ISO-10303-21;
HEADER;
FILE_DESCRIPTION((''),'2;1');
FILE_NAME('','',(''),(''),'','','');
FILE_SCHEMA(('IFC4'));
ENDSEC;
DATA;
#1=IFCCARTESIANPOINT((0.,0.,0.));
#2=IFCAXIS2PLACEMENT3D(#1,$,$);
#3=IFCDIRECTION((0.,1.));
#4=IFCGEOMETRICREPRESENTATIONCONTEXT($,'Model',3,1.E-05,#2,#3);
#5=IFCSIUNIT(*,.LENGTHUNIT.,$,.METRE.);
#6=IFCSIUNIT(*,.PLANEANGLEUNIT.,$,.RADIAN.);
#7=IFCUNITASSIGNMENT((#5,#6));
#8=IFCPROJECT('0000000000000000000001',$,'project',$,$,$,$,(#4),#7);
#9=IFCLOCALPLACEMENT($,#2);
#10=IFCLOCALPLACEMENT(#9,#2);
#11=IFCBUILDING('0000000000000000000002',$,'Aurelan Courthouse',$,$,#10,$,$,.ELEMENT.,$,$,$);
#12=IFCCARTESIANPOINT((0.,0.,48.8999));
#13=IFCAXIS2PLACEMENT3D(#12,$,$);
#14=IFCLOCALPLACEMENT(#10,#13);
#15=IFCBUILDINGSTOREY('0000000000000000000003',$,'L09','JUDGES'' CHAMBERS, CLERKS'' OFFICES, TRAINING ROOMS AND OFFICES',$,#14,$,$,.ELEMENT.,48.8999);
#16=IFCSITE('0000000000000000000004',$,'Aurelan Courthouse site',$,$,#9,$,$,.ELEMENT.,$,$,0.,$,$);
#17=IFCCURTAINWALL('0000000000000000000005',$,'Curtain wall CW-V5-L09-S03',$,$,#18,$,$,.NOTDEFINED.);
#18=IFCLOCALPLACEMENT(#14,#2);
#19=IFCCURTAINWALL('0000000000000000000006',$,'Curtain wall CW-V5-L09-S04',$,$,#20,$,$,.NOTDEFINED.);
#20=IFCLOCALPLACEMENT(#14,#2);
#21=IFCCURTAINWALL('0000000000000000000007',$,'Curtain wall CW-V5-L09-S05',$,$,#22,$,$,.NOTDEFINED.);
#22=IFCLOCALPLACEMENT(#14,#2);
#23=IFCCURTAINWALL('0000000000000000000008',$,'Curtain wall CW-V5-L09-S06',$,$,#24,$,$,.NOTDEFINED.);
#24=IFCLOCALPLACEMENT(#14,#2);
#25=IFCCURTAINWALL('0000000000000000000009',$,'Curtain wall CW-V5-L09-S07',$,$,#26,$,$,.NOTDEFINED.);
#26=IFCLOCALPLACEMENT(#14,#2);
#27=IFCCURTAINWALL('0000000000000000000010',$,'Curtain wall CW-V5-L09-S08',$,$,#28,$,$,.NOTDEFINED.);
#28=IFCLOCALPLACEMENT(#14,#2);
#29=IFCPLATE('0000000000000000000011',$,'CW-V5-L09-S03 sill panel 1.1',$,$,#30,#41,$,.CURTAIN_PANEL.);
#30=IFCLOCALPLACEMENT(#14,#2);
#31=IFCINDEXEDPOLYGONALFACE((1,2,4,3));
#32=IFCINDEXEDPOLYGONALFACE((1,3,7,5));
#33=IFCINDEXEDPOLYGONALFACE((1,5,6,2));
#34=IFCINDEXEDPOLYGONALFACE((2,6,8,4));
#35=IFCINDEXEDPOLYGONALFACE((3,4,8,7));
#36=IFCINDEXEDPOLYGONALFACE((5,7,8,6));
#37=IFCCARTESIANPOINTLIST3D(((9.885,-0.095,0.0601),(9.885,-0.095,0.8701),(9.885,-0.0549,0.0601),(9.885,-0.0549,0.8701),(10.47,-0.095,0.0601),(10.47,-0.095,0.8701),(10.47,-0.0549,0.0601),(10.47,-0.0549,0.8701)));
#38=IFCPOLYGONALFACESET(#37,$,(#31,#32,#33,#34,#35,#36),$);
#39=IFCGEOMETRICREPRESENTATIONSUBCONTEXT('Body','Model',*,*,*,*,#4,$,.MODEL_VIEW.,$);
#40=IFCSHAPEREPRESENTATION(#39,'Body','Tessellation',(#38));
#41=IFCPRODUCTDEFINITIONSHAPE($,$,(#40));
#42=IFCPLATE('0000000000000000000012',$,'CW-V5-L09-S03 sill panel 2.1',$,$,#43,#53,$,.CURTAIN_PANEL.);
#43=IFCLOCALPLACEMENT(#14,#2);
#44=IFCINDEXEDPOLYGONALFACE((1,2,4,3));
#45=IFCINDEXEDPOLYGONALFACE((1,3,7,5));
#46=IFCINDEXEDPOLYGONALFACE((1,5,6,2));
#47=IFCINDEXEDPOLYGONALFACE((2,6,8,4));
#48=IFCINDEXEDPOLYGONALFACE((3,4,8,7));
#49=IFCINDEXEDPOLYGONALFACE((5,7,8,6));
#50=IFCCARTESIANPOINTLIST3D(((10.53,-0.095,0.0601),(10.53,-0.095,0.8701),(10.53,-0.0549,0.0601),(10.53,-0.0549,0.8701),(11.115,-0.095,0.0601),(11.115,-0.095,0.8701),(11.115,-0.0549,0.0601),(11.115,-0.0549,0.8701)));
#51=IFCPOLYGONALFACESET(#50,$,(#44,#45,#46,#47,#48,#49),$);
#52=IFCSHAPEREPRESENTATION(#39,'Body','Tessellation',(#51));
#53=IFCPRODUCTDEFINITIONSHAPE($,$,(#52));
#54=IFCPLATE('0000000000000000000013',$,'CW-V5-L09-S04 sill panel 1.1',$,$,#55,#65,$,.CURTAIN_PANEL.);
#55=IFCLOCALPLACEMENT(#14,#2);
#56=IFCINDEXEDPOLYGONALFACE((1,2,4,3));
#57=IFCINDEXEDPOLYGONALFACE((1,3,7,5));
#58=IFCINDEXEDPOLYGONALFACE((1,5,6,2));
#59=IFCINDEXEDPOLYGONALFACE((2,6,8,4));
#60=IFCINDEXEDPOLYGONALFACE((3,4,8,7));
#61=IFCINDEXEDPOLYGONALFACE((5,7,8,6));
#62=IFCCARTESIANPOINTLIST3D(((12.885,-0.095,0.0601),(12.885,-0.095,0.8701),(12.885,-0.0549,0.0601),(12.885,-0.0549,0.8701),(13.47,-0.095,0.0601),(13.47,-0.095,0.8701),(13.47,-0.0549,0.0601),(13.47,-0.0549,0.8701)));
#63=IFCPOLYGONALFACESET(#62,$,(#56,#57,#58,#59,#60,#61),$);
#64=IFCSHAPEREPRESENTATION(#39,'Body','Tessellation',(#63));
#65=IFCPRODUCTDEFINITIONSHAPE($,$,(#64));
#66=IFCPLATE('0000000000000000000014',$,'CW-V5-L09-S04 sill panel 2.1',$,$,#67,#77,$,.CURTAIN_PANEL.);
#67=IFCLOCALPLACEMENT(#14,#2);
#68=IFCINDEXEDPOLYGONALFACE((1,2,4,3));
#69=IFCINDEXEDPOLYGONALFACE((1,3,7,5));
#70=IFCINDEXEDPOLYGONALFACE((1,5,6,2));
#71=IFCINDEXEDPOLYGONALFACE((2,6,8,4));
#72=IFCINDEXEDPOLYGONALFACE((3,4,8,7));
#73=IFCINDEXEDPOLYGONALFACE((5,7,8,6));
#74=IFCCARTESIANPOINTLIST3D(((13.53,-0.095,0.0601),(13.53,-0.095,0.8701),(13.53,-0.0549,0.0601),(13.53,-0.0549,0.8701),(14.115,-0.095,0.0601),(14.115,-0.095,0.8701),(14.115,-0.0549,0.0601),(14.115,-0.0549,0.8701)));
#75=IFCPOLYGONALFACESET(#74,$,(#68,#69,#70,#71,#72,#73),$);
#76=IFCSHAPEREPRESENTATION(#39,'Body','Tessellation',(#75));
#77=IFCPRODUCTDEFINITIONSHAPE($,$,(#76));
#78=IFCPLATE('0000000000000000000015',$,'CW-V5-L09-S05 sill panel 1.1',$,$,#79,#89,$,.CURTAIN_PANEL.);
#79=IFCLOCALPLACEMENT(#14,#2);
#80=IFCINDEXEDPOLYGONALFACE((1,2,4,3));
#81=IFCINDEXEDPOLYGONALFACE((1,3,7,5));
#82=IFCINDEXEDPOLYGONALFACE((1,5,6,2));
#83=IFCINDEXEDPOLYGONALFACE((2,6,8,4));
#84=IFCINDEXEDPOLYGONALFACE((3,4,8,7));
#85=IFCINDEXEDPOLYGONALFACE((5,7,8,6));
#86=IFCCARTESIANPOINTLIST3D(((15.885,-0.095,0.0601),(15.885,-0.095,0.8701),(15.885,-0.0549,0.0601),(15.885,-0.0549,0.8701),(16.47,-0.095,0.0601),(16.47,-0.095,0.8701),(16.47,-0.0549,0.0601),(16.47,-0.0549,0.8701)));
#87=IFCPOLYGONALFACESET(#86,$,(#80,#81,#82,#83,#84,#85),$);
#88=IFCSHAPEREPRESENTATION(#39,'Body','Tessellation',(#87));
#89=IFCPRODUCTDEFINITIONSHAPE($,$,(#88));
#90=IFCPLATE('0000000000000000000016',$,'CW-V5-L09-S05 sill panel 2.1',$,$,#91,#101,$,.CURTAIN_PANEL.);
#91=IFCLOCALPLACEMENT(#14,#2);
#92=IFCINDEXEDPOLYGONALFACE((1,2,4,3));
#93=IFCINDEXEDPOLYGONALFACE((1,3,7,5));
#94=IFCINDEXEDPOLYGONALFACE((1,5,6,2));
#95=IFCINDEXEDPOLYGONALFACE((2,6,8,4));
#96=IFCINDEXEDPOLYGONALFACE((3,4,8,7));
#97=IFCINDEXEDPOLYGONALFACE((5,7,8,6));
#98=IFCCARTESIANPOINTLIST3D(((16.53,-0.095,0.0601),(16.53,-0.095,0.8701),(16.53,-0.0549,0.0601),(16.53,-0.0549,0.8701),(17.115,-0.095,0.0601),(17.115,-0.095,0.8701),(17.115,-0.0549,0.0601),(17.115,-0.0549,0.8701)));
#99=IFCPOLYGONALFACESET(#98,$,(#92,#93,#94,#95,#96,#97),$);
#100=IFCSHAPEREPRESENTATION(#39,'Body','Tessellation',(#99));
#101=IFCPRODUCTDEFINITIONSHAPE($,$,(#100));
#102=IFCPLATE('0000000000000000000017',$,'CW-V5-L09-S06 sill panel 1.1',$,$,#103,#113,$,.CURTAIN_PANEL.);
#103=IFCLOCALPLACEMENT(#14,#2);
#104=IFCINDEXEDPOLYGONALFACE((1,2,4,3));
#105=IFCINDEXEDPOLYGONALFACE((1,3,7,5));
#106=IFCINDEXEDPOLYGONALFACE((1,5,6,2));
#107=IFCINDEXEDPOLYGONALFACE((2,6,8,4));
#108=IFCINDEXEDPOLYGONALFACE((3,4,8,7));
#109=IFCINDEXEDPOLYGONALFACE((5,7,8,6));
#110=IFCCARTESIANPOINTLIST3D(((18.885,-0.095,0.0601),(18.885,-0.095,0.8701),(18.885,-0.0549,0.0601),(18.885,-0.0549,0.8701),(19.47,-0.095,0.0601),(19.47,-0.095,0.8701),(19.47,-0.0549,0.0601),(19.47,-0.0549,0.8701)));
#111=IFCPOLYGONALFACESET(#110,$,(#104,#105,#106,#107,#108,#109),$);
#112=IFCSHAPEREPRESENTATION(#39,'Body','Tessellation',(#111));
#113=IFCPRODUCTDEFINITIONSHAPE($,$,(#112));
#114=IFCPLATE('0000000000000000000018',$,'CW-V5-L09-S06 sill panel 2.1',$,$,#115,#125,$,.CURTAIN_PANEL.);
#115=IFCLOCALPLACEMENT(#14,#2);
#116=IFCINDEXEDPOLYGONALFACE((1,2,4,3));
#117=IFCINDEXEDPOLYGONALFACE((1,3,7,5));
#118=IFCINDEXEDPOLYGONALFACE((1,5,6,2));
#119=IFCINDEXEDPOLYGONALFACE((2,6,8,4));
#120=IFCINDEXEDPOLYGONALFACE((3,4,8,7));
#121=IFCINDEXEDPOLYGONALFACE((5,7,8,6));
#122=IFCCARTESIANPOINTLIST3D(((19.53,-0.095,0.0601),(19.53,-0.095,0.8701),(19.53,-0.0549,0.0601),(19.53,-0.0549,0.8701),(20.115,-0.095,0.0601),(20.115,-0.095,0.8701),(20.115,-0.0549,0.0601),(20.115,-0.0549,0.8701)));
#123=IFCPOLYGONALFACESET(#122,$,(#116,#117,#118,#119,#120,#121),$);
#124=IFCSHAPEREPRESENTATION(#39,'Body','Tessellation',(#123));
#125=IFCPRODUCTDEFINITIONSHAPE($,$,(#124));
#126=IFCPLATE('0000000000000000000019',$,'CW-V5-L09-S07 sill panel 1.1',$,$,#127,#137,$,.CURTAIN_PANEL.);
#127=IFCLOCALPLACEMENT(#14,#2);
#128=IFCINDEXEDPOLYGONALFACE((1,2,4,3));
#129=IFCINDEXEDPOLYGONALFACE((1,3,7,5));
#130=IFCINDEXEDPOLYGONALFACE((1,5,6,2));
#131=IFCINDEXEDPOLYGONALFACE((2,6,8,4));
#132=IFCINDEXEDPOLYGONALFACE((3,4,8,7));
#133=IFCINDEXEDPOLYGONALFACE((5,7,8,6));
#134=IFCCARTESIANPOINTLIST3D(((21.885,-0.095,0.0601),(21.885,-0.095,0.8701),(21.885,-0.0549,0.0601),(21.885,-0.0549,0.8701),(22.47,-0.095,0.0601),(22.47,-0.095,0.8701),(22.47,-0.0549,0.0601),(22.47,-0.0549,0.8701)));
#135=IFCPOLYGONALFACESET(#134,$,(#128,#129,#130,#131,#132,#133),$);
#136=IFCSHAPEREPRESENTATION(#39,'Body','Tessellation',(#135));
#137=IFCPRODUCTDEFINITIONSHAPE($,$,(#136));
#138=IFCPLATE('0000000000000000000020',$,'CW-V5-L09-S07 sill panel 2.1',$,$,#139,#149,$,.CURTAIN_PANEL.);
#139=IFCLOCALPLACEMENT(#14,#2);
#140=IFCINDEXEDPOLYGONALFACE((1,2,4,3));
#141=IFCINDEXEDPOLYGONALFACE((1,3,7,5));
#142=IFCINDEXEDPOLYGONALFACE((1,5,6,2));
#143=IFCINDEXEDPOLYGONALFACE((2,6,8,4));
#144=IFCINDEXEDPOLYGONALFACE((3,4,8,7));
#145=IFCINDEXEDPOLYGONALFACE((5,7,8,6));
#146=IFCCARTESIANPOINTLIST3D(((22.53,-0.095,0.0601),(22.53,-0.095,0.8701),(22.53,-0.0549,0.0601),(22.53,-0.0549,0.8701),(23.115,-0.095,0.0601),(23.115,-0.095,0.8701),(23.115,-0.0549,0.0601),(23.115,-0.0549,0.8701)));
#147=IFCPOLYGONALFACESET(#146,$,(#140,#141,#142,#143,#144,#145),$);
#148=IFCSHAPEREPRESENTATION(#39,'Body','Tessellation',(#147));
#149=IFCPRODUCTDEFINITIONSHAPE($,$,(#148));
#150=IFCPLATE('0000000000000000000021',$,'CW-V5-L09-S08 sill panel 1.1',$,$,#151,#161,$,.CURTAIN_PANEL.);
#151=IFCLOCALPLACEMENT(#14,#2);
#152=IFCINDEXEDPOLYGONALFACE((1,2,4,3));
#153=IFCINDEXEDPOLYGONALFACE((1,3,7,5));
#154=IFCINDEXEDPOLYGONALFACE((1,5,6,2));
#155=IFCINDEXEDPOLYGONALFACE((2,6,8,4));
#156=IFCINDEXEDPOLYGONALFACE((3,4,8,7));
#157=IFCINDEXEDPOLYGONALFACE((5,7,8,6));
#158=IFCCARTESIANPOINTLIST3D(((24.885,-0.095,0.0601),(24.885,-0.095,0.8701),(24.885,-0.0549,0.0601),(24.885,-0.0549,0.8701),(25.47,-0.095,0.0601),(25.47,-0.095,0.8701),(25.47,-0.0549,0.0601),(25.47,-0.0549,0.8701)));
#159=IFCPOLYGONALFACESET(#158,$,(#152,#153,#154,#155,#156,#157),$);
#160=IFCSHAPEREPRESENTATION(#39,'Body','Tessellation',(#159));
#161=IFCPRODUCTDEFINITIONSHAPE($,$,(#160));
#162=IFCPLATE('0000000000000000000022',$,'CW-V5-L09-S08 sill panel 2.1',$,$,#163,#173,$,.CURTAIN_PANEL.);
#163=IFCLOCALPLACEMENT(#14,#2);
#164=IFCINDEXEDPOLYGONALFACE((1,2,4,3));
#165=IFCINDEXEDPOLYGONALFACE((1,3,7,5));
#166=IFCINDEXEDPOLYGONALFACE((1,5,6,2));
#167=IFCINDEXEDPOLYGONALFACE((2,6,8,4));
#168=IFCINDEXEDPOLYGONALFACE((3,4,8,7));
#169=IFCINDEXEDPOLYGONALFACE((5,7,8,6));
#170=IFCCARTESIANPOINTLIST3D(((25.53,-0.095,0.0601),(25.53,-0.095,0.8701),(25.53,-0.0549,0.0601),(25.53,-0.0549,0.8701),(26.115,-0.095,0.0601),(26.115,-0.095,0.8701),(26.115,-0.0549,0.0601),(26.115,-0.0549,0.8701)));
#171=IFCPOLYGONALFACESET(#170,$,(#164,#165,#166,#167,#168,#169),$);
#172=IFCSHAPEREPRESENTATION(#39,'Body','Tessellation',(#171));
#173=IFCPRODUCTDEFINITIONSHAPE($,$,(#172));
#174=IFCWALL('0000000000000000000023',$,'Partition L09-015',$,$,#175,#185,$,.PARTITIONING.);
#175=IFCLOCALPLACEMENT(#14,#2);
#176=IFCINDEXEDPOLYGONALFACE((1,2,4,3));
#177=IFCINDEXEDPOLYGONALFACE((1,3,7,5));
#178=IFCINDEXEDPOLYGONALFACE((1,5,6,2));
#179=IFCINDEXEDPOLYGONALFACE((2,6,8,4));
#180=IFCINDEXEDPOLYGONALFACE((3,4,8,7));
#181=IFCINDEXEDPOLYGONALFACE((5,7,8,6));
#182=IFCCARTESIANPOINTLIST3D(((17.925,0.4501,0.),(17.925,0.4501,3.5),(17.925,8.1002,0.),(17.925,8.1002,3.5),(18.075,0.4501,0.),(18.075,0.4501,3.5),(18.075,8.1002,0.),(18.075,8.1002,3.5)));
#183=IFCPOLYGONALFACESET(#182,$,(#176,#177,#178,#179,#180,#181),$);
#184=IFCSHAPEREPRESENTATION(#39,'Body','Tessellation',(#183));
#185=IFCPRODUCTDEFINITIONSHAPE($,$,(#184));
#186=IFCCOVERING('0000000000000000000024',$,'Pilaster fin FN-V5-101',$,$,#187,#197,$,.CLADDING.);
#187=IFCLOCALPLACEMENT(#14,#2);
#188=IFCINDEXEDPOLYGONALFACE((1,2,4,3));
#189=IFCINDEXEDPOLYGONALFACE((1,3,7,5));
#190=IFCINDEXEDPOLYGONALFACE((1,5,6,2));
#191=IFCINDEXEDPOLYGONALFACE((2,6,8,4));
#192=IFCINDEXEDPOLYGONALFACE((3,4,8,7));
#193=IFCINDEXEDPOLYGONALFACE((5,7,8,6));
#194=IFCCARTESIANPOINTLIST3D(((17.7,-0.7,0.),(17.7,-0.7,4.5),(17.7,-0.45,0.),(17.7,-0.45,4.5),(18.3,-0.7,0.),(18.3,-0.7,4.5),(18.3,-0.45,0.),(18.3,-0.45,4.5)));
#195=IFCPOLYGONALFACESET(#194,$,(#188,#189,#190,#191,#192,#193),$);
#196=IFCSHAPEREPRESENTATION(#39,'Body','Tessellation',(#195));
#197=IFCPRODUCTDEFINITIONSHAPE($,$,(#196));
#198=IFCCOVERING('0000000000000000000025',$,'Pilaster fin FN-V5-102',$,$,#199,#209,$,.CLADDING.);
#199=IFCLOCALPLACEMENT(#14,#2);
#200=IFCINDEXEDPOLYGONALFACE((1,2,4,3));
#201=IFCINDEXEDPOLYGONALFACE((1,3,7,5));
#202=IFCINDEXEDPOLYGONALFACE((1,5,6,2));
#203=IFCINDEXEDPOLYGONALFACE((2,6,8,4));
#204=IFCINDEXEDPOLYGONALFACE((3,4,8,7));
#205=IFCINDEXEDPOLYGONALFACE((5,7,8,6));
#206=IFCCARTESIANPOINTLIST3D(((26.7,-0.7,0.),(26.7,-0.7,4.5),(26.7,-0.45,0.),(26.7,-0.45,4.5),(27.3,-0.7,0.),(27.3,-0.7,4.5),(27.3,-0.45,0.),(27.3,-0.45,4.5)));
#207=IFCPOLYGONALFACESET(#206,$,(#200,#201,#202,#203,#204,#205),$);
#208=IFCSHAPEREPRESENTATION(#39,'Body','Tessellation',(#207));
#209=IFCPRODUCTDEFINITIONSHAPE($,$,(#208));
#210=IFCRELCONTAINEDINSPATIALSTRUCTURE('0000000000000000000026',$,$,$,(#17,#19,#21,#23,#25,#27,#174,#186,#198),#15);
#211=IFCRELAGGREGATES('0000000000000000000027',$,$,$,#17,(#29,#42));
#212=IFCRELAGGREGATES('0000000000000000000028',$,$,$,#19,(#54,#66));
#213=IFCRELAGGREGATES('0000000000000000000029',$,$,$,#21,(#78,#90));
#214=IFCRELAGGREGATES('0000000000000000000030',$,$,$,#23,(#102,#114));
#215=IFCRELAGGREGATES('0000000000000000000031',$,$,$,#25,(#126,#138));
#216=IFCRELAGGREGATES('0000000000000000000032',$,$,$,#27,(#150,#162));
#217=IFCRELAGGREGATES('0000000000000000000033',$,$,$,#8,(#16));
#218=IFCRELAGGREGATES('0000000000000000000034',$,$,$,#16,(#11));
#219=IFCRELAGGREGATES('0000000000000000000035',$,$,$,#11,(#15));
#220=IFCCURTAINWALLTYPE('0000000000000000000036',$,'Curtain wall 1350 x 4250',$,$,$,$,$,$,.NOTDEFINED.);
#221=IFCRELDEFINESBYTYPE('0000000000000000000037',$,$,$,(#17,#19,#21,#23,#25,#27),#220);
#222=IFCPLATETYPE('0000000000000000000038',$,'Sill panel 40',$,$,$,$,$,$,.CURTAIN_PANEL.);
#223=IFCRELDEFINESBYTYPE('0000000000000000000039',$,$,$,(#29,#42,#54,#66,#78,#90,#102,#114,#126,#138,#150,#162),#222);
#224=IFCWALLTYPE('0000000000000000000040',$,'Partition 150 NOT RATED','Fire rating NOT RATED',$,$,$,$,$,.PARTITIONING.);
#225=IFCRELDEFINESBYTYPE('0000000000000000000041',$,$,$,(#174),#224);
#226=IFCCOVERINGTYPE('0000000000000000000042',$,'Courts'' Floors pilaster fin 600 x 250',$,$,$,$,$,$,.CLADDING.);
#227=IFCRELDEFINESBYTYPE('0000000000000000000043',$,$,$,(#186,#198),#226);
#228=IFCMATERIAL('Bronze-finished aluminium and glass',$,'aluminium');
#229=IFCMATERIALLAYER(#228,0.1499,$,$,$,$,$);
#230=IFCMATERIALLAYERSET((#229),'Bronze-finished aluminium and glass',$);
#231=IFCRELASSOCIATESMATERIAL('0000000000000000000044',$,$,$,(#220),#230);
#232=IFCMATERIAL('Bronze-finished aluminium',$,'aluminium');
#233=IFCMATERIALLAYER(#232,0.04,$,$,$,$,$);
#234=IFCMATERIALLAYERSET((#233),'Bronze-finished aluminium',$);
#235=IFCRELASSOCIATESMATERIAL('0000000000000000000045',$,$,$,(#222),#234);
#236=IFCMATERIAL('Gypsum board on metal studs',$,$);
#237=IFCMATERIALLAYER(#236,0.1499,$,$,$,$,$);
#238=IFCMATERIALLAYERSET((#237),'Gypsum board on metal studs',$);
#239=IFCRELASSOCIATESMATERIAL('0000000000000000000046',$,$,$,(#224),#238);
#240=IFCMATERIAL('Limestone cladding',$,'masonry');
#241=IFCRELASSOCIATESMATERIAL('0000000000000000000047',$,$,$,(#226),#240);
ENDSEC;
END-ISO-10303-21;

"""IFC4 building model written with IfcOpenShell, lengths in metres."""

from ifc_helpers import new_model, si_unit, direction, frame, frame_2d, origin, origin_2d, place, context, subcontext, project, spatial, rectangle, extrude, material, layer, layer_set, type_object, element, aggregate, save


model = new_model("IFC4")

# Units and contexts
model_context = context("Model", 3, precision=1e-05, world=origin(), true_north=direction((0.0, 1.0)))
body_context = subcontext(model_context, "Body", "Model", "MODEL_VIEW")
ifc_project = project(units=[si_unit("LENGTHUNIT", "METRE"), si_unit("PLANEANGLEUNIT", "RADIAN")], contexts=[model_context])

# Site, building, storey
site_placement = place(None, origin())
site = spatial("IfcSite", under=ifc_project, at=site_placement, Name="Aurelan Courthouse site", CompositionType="ELEMENT", RefElevation=0.0)
building_placement = place(site_placement, origin())
building = spatial("IfcBuilding", under=site, at=building_placement, Name="Aurelan Courthouse", CompositionType="ELEMENT")
storey_placement = place(building_placement, frame((0.0, 0.0, 48.8999)))
storey = spatial("IfcBuildingStorey", under=building, at=storey_placement, Name="L09", Description="JUDGES' CHAMBERS, CLERKS' OFFICES, TRAINING ROOMS AND OFFICES", CompositionType="ELEMENT", Elevation=48.8999)

# Curtain wall
ifc_material_1 = material(Name="Bronze-finished aluminium and glass", Category="aluminium")
ifc_layer_1 = layer(ifc_material_1, 0.1499)
ifc_layer_set_1 = layer_set([ifc_layer_1], Name="Bronze-finished aluminium and glass")
curtain_wall_type = type_object("IfcCurtainWallType", Name="Curtain wall 1350 x 4250", PredefinedType="NOTDEFINED", material=ifc_layer_set_1)
curtain_wall_1_placement = place(storey_placement, origin())
curtain_wall_1 = element("IfcCurtainWall", 1, at=curtain_wall_1_placement, inside=storey, type_object=curtain_wall_type, Name="Curtain wall CW-V5-L09-S03", PredefinedType="NOTDEFINED")
ifc_material_2 = material(Name="Bronze-finished aluminium", Category="aluminium")

# Curtain walls
curtain_wall_2_placement = place(storey_placement, origin())
curtain_wall_2 = element("IfcCurtainWall", 2, at=curtain_wall_2_placement, inside=storey, type_object=curtain_wall_type, Name="Curtain wall CW-V5-L09-S04", PredefinedType="NOTDEFINED")
curtain_wall_3_placement = place(storey_placement, origin())
curtain_wall_3 = element("IfcCurtainWall", 3, at=curtain_wall_3_placement, inside=storey, type_object=curtain_wall_type, Name="Curtain wall CW-V5-L09-S05", PredefinedType="NOTDEFINED")
curtain_wall_4_placement = place(storey_placement, origin())
curtain_wall_4 = element("IfcCurtainWall", 4, at=curtain_wall_4_placement, inside=storey, type_object=curtain_wall_type, Name="Curtain wall CW-V5-L09-S06", PredefinedType="NOTDEFINED")
curtain_wall_5_placement = place(storey_placement, origin())
curtain_wall_5 = element("IfcCurtainWall", 5, at=curtain_wall_5_placement, inside=storey, type_object=curtain_wall_type, Name="Curtain wall CW-V5-L09-S07", PredefinedType="NOTDEFINED")
curtain_wall_6_placement = place(storey_placement, origin())
curtain_wall_6 = element("IfcCurtainWall", 6, at=curtain_wall_6_placement, inside=storey, type_object=curtain_wall_type, Name="Curtain wall CW-V5-L09-S08", PredefinedType="NOTDEFINED")

# Plates
ifc_layer_2 = layer(ifc_material_2, 0.04)
ifc_layer_set_2 = layer_set([ifc_layer_2], Name="Bronze-finished aluminium")
plate_type = type_object("IfcPlateType", Name="Sill panel 40", PredefinedType="CURTAIN_PANEL", material=ifc_layer_set_2)
plate_1_placement = place(storey_placement, frame((10.1775, -0.075, 0.0601), z_axis=(0.0, 0.0, 1.0), x_axis=(1.0, 0.0, 0.0)))
plate_1 = element("IfcPlate", 7, at=plate_1_placement, type_object=plate_type, Name="CW-V5-L09-S03 sill panel 1.1", PredefinedType="CURTAIN_PANEL", context=body_context, shape_type="SweptSolid", body=[
    extrude(rectangle(XDim=0.585, YDim=0.04, at=origin_2d()), origin(), (0.0, 0.0, 1.0), 0.8101),
])
plate_2_placement = place(storey_placement, frame((10.8225, -0.075, 0.0601), z_axis=(0.0, 0.0, 1.0), x_axis=(1.0, 0.0, 0.0)))
plate_2 = element("IfcPlate", 8, at=plate_2_placement, type_object=plate_type, Name="CW-V5-L09-S03 sill panel 2.1", PredefinedType="CURTAIN_PANEL", context=body_context, shape_type="SweptSolid", body=[
    extrude(rectangle(XDim=0.585, YDim=0.04, at=origin_2d()), origin(), (0.0, 0.0, 1.0), 0.8101),
])
aggregate(curtain_wall_1, [plate_1, plate_2])
plate_3_placement = place(storey_placement, frame((13.1775, -0.075, 0.0601), z_axis=(0.0, 0.0, 1.0), x_axis=(1.0, 0.0, 0.0)))
plate_3 = element("IfcPlate", 9, at=plate_3_placement, type_object=plate_type, Name="CW-V5-L09-S04 sill panel 1.1", PredefinedType="CURTAIN_PANEL", context=body_context, shape_type="SweptSolid", body=[
    extrude(rectangle(XDim=0.585, YDim=0.04, at=origin_2d()), origin(), (0.0, 0.0, 1.0), 0.8101),
])
plate_4_placement = place(storey_placement, frame((13.8225, -0.075, 0.0601), z_axis=(0.0, 0.0, 1.0), x_axis=(1.0, 0.0, 0.0)))
plate_4 = element("IfcPlate", 10, at=plate_4_placement, type_object=plate_type, Name="CW-V5-L09-S04 sill panel 2.1", PredefinedType="CURTAIN_PANEL", context=body_context, shape_type="SweptSolid", body=[
    extrude(rectangle(XDim=0.585, YDim=0.04, at=origin_2d()), origin(), (0.0, 0.0, 1.0), 0.8101),
])
aggregate(curtain_wall_2, [plate_3, plate_4])
plate_5_placement = place(storey_placement, frame((16.1775, -0.075, 0.0601), z_axis=(0.0, 0.0, 1.0), x_axis=(1.0, 0.0, 0.0)))
plate_5 = element("IfcPlate", 11, at=plate_5_placement, type_object=plate_type, Name="CW-V5-L09-S05 sill panel 1.1", PredefinedType="CURTAIN_PANEL", context=body_context, shape_type="SweptSolid", body=[
    extrude(rectangle(XDim=0.585, YDim=0.04, at=origin_2d()), origin(), (0.0, 0.0, 1.0), 0.8101),
])
plate_6_placement = place(storey_placement, frame((16.8225, -0.075, 0.0601), z_axis=(0.0, 0.0, 1.0), x_axis=(1.0, 0.0, 0.0)))
plate_6 = element("IfcPlate", 12, at=plate_6_placement, type_object=plate_type, Name="CW-V5-L09-S05 sill panel 2.1", PredefinedType="CURTAIN_PANEL", context=body_context, shape_type="SweptSolid", body=[
    extrude(rectangle(XDim=0.585, YDim=0.04, at=origin_2d()), origin(), (0.0, 0.0, 1.0), 0.8101),
])
aggregate(curtain_wall_3, [plate_5, plate_6])
plate_7_placement = place(storey_placement, frame((19.1775, -0.075, 0.0601), z_axis=(0.0, 0.0, 1.0), x_axis=(1.0, 0.0, 0.0)))
plate_7 = element("IfcPlate", 13, at=plate_7_placement, type_object=plate_type, Name="CW-V5-L09-S06 sill panel 1.1", PredefinedType="CURTAIN_PANEL", context=body_context, shape_type="SweptSolid", body=[
    extrude(rectangle(XDim=0.585, YDim=0.04, at=origin_2d()), origin(), (0.0, 0.0, 1.0), 0.8101),
])
plate_8_placement = place(storey_placement, frame((19.8225, -0.075, 0.0601), z_axis=(0.0, 0.0, 1.0), x_axis=(1.0, 0.0, 0.0)))
plate_8 = element("IfcPlate", 14, at=plate_8_placement, type_object=plate_type, Name="CW-V5-L09-S06 sill panel 2.1", PredefinedType="CURTAIN_PANEL", context=body_context, shape_type="SweptSolid", body=[
    extrude(rectangle(XDim=0.585, YDim=0.04, at=origin_2d()), origin(), (0.0, 0.0, 1.0), 0.8101),
])
aggregate(curtain_wall_4, [plate_7, plate_8])
plate_9_placement = place(storey_placement, frame((22.1775, -0.075, 0.0601), z_axis=(0.0, 0.0, 1.0), x_axis=(1.0, 0.0, 0.0)))
plate_9 = element("IfcPlate", 15, at=plate_9_placement, type_object=plate_type, Name="CW-V5-L09-S07 sill panel 1.1", PredefinedType="CURTAIN_PANEL", context=body_context, shape_type="SweptSolid", body=[
    extrude(rectangle(XDim=0.585, YDim=0.04, at=origin_2d()), origin(), (0.0, 0.0, 1.0), 0.8101),
])
plate_10_placement = place(storey_placement, frame((22.8225, -0.075, 0.0601), z_axis=(0.0, 0.0, 1.0), x_axis=(1.0, 0.0, 0.0)))
plate_10 = element("IfcPlate", 16, at=plate_10_placement, type_object=plate_type, Name="CW-V5-L09-S07 sill panel 2.1", PredefinedType="CURTAIN_PANEL", context=body_context, shape_type="SweptSolid", body=[
    extrude(rectangle(XDim=0.585, YDim=0.04, at=origin_2d()), origin(), (0.0, 0.0, 1.0), 0.8101),
])
aggregate(curtain_wall_5, [plate_9, plate_10])
plate_11_placement = place(storey_placement, frame((25.1775, -0.075, 0.0601), z_axis=(0.0, 0.0, 1.0), x_axis=(1.0, 0.0, 0.0)))
plate_11 = element("IfcPlate", 17, at=plate_11_placement, type_object=plate_type, Name="CW-V5-L09-S08 sill panel 1.1", PredefinedType="CURTAIN_PANEL", context=body_context, shape_type="SweptSolid", body=[
    extrude(rectangle(XDim=0.585, YDim=0.04, at=origin_2d()), origin(), (0.0, 0.0, 1.0), 0.8101),
])
plate_12_placement = place(storey_placement, frame((25.8225, -0.075, 0.0601), z_axis=(0.0, 0.0, 1.0), x_axis=(1.0, 0.0, 0.0)))
plate_12 = element("IfcPlate", 18, at=plate_12_placement, type_object=plate_type, Name="CW-V5-L09-S08 sill panel 2.1", PredefinedType="CURTAIN_PANEL", context=body_context, shape_type="SweptSolid", body=[
    extrude(rectangle(XDim=0.585, YDim=0.04, at=origin_2d()), origin(), (0.0, 0.0, 1.0), 0.8101),
])
aggregate(curtain_wall_6, [plate_11, plate_12])

# Wall
ifc_material_3 = material(Name="Gypsum board on metal studs")
ifc_layer_3 = layer(ifc_material_3, 0.1499)
ifc_layer_set_3 = layer_set([ifc_layer_3], Name="Gypsum board on metal studs")
wall_type = type_object("IfcWallType", Name="Partition 150 NOT RATED", Description="Fire rating NOT RATED", PredefinedType="PARTITIONING", material=ifc_layer_set_3)
wall_placement = place(storey_placement, frame((18.0, 0.45, 0.0), z_axis=(0.0, 0.0, 1.0), x_axis=(0.0, 1.0, 0.0)))
element("IfcWall", 19, at=wall_placement, inside=storey, type_object=wall_type, Name="Partition L09-015", PredefinedType="PARTITIONING", context=body_context, shape_type="SweptSolid", body=[
    extrude(rectangle(XDim=7.6501, YDim=0.1499, at=frame_2d((3.8252, 0.0))), origin(), (0.0, 0.0, 1.0), 3.5),
])

# Coverings
ifc_material_4 = material(Name="Limestone cladding", Category="masonry")
covering_type = type_object("IfcCoveringType", Name="Courts' Floors pilaster fin 600 x 250", PredefinedType="CLADDING", material=ifc_material_4)
for number, where, z_axis, x_axis, name in (
    (20, (18.0, -0.575, 0.0), (0.0, 0.0, 1.0), (1.0, 0.0, 0.0), "Pilaster fin FN-V5-101"),
    (21, (27.0, -0.575, 0.0), (0.0, 0.0, 1.0), (1.0, 0.0, 0.0), "Pilaster fin FN-V5-102"),
):
    element("IfcCovering", number, at=place(storey_placement, frame(where, z_axis=z_axis, x_axis=x_axis)), inside=storey, type_object=covering_type, Name=name, PredefinedType="CLADDING", context=body_context, shape_type="SweptSolid", body=[
        extrude(rectangle(XDim=0.6001, YDim=0.25, at=origin_2d()), origin(), (0.0, 0.0, 1.0), 4.5),
    ])

save(model, "model.ifc")
